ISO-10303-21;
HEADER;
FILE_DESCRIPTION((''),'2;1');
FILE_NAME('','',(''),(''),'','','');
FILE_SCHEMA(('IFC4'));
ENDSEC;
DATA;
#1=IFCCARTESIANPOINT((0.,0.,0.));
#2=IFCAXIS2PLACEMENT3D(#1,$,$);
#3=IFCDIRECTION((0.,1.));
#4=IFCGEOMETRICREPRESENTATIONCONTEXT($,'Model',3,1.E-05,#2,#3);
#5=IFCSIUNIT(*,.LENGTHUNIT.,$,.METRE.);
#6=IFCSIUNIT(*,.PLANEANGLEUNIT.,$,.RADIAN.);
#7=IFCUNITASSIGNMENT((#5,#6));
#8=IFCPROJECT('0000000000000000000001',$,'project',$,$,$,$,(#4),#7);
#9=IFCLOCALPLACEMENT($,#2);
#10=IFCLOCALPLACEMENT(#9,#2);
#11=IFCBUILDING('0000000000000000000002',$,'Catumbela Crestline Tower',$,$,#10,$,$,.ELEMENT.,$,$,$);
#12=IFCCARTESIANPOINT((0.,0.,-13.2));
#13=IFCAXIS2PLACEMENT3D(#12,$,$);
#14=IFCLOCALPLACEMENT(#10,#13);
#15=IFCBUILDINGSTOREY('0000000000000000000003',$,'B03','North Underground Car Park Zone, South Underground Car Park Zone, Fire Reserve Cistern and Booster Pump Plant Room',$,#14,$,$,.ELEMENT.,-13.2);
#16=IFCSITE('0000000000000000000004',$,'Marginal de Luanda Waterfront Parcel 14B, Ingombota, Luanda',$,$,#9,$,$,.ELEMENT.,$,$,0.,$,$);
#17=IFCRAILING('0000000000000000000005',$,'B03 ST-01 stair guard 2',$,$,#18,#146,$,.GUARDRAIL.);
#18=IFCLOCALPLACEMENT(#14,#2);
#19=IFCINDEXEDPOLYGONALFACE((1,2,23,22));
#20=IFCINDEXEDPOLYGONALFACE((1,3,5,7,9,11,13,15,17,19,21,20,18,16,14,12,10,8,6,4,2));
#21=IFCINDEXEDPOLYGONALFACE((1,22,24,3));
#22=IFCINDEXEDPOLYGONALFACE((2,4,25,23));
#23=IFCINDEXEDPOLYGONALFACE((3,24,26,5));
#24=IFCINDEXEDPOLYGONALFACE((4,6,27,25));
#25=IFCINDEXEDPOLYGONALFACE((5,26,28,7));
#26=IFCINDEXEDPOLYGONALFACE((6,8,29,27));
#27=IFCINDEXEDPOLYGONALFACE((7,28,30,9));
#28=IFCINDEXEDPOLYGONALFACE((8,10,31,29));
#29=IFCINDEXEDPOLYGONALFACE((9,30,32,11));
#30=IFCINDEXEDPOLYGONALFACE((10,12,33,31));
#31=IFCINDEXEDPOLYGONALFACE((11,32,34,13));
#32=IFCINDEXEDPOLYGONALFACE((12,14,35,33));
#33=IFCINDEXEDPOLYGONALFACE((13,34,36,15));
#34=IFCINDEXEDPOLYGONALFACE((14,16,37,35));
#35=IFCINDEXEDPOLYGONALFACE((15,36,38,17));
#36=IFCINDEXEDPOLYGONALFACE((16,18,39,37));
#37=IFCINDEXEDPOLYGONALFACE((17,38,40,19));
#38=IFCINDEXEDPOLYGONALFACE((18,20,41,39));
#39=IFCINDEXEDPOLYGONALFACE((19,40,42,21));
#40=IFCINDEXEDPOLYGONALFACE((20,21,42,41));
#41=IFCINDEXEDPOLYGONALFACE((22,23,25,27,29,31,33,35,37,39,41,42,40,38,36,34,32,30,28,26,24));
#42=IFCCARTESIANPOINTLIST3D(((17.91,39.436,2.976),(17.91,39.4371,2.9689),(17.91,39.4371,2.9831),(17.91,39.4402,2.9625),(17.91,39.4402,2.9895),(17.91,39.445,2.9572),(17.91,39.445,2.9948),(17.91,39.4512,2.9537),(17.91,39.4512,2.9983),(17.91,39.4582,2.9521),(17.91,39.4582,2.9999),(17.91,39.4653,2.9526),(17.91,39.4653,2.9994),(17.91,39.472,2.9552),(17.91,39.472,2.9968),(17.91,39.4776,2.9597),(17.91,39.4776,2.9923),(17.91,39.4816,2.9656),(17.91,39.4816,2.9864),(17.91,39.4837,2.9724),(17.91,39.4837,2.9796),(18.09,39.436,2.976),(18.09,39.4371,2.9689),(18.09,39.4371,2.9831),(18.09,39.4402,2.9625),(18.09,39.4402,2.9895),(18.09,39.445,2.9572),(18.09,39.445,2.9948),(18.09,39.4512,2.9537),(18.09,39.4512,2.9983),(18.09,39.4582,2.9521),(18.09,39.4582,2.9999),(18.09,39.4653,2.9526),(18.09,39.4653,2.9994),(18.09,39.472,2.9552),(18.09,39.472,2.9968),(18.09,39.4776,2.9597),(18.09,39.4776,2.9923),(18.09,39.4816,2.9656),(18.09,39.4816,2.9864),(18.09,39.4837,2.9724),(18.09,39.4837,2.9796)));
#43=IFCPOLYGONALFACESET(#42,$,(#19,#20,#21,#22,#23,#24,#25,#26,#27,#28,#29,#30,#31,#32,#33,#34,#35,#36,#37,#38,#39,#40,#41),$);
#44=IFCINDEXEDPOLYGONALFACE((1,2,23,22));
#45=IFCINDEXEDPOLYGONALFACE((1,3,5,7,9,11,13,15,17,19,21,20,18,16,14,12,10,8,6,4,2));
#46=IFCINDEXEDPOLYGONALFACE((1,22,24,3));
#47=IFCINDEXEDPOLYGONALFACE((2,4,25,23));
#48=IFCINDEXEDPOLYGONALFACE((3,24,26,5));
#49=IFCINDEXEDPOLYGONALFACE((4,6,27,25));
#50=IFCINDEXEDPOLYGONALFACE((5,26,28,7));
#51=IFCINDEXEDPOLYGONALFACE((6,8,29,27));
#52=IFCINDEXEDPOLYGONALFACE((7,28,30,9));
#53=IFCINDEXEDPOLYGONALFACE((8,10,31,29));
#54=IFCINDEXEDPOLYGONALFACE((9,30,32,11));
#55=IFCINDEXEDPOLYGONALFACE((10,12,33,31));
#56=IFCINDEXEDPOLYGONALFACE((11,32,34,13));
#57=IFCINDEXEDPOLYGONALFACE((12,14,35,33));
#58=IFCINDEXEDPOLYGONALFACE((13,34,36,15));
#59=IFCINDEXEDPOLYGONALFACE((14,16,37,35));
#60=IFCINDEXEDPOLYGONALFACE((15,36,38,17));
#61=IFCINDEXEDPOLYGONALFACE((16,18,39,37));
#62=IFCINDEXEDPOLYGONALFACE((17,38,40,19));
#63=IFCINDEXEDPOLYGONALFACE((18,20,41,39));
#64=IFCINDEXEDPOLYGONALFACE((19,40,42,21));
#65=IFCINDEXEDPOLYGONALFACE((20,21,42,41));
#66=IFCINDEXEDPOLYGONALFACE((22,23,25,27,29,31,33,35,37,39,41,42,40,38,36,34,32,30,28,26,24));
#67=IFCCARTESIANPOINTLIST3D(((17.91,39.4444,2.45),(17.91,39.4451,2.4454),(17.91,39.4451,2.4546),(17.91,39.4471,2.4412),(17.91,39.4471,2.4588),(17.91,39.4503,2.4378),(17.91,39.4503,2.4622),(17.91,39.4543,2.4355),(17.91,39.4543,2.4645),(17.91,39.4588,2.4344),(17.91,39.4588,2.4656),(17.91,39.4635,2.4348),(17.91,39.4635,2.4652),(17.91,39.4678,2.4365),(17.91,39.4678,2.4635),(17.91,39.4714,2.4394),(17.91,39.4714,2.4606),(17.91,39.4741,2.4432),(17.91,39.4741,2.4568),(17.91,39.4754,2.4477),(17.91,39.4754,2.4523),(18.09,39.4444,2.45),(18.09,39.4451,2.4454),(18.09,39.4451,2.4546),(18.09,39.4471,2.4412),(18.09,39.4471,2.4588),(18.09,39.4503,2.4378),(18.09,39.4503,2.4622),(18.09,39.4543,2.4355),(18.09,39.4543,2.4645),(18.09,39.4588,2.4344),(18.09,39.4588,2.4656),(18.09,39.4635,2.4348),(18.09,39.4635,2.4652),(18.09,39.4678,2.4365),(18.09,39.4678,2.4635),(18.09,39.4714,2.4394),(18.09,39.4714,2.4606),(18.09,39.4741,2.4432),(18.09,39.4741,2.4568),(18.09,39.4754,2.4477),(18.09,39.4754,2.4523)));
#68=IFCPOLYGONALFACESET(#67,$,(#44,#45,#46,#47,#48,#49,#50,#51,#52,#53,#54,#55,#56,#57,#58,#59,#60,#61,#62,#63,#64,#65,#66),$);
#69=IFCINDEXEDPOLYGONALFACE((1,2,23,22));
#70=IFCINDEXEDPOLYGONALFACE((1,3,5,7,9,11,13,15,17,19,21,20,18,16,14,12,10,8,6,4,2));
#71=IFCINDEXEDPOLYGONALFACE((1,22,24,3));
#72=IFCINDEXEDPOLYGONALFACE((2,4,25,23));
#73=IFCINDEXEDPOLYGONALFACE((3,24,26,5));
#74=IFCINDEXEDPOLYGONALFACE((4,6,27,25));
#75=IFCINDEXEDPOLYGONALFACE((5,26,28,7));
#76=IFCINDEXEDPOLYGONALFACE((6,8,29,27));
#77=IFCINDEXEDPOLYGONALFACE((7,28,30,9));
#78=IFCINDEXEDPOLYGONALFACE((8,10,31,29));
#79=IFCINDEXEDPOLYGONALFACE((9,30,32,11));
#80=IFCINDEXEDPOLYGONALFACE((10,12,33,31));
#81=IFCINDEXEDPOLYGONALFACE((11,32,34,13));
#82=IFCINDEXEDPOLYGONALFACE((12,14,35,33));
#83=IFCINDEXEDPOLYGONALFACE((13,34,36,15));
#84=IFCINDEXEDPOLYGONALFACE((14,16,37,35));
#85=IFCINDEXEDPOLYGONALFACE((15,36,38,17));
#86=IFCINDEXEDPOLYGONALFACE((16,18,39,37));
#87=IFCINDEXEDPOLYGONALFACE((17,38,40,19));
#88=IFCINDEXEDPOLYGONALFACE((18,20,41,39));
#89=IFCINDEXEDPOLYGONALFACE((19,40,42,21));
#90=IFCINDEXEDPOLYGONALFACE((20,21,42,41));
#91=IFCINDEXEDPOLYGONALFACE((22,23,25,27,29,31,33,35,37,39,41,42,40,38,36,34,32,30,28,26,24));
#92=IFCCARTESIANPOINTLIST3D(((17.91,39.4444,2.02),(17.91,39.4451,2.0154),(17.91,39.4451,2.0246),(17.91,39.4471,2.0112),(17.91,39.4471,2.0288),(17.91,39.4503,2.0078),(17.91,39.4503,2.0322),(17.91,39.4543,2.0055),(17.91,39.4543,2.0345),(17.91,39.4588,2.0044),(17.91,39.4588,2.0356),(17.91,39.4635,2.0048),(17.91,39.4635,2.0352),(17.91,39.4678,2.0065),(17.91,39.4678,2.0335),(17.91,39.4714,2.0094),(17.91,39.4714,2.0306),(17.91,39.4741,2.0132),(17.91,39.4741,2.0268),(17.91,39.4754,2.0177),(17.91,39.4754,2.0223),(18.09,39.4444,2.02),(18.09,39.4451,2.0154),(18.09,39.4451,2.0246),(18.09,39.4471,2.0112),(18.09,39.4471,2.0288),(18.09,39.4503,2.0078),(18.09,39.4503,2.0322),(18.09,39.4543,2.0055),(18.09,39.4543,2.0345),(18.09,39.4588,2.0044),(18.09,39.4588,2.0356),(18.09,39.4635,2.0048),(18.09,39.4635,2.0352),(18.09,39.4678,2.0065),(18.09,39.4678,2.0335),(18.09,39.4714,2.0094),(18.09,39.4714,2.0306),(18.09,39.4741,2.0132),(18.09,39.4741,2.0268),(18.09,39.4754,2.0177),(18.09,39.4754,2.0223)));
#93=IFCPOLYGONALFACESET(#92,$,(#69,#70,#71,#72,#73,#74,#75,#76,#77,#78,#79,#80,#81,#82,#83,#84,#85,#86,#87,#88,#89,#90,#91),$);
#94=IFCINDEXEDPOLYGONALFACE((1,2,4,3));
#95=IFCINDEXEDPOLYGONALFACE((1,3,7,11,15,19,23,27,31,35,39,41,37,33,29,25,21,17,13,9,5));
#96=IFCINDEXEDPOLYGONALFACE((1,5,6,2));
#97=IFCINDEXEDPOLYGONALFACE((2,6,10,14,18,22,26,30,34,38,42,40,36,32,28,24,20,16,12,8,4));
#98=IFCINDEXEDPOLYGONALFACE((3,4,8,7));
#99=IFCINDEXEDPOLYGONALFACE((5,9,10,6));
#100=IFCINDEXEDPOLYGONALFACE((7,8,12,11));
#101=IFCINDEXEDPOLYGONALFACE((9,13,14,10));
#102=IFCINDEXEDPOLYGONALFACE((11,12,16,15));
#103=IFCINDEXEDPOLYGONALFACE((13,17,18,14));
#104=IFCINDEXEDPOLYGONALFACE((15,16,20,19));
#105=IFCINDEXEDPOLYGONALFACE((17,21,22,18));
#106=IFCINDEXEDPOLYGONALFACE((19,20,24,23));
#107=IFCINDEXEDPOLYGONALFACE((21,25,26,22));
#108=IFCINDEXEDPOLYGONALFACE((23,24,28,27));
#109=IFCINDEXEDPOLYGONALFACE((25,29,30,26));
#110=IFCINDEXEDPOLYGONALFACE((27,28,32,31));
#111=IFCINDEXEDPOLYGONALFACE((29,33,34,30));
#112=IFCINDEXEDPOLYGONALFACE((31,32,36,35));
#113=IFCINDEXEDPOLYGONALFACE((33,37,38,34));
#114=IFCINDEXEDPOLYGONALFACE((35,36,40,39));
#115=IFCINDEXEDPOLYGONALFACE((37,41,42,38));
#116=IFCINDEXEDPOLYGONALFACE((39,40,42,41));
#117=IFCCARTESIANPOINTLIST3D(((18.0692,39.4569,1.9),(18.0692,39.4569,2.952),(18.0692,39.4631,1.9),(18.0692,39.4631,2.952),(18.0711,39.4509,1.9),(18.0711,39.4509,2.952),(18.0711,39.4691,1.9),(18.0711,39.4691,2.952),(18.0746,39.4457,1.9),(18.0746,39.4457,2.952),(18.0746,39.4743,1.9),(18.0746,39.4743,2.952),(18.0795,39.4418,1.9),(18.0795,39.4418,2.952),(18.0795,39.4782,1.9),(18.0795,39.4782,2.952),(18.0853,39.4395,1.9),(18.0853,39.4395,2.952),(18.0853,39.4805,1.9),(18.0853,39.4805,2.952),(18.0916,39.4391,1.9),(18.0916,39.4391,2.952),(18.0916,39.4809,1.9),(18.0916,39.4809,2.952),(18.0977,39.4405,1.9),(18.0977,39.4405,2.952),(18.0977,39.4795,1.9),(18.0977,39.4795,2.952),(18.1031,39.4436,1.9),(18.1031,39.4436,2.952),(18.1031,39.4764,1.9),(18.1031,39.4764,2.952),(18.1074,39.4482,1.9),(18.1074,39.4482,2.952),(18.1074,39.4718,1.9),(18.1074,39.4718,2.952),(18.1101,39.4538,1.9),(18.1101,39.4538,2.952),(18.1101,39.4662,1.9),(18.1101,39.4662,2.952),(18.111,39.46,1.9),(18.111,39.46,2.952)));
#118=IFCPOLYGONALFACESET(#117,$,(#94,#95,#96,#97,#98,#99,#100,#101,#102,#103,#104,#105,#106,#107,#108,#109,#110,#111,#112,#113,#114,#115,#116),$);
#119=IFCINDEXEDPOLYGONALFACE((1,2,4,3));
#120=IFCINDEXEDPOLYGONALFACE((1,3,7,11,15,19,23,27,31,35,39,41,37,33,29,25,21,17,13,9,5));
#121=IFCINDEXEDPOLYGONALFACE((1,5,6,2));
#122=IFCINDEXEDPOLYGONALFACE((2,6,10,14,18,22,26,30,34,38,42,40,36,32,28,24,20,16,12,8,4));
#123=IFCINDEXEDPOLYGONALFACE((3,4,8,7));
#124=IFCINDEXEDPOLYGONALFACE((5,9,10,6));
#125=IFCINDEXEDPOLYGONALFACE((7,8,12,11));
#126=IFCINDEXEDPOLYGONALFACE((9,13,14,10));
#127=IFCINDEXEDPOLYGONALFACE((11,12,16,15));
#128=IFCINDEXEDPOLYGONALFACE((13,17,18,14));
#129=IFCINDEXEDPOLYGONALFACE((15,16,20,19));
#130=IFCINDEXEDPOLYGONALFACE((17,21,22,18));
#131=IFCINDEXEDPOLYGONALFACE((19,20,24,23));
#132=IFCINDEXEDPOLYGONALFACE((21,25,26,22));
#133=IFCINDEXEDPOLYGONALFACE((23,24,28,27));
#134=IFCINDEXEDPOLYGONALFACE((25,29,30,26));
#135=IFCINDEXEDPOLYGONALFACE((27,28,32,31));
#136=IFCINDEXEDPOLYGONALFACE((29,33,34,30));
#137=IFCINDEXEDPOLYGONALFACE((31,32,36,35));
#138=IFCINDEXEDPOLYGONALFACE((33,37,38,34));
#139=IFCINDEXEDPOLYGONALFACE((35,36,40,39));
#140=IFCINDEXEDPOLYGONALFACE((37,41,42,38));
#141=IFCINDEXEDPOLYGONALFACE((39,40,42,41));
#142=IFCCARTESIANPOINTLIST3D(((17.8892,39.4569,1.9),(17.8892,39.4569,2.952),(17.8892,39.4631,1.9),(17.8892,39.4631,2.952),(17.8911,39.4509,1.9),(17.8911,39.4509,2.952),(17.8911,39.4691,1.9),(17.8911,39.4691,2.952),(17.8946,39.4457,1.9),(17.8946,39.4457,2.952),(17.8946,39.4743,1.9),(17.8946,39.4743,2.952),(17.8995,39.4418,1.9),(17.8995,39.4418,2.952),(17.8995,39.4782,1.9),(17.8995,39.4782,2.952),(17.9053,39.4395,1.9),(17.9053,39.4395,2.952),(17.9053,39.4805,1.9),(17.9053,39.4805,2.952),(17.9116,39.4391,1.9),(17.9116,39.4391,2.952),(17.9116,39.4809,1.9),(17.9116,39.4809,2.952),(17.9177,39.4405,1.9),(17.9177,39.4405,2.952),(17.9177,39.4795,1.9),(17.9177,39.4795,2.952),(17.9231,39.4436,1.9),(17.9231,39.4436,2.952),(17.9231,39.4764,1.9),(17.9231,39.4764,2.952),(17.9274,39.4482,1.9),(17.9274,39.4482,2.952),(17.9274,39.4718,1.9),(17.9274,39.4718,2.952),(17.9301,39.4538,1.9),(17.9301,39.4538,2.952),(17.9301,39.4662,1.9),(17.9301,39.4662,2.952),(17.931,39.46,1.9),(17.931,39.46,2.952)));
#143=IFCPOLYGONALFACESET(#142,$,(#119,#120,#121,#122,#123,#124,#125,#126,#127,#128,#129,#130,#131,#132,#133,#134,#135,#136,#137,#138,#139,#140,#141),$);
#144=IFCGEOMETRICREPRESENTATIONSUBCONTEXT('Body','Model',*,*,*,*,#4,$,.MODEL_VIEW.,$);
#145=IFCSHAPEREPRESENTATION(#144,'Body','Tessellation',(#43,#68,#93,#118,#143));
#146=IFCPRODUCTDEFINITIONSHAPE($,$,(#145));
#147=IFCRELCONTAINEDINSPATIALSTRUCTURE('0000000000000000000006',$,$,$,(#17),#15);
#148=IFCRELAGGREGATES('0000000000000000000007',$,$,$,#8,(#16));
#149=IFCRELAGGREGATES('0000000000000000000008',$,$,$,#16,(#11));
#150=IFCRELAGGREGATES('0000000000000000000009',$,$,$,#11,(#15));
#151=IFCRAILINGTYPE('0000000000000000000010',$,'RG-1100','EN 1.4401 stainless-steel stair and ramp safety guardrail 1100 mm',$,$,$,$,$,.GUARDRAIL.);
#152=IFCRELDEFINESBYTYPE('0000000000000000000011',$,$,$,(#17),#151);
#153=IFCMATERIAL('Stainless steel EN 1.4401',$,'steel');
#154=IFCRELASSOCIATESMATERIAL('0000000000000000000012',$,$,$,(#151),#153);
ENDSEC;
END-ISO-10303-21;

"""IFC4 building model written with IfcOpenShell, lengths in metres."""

from ifc_helpers import new_model, si_unit, direction, frame, origin, origin_2d, place, context, subcontext, project, spatial, circle, extrude, material, type_object, element, save


model = new_model("IFC4")

# Units and contexts
model_context = context("Model", 3, precision=1e-05, world=origin(), true_north=direction((0.0, 1.0)))
body_context = subcontext(model_context, "Body", "Model", "MODEL_VIEW")
ifc_project = project(units=[si_unit("LENGTHUNIT", "METRE"), si_unit("PLANEANGLEUNIT", "RADIAN")], contexts=[model_context])

# Site, building, storey
site_placement = place(None, origin())
site = spatial("IfcSite", under=ifc_project, at=site_placement, Name="Marginal de Luanda Waterfront Parcel 14B, Ingombota, Luanda", CompositionType="ELEMENT", RefElevation=0.0)
building_placement = place(site_placement, origin())
building = spatial("IfcBuilding", under=site, at=building_placement, Name="Catumbela Crestline Tower", CompositionType="ELEMENT")
storey_placement = place(building_placement, frame((0.0, 0.0, -13.2)))
storey = spatial("IfcBuildingStorey", under=building, at=storey_placement, Name="B03", Description="North Underground Car Park Zone, South Underground Car Park Zone, Fire Reserve Cistern and Booster Pump Plant Room", CompositionType="ELEMENT", Elevation=-13.2)

# Shared definitions
ifc_material_1 = material(Name="Stainless steel EN 1.4401", Category="steel")

# Railing
railing_type_1 = type_object("IfcRailingType", Name="RG-1100", Description="EN 1.4401 stainless-steel stair and ramp safety guardrail 1100 mm", PredefinedType="GUARDRAIL", material=ifc_material_1)
railing_1_placement = place(storey_placement, frame((18.09, 39.46, 1.9)))
element("IfcRailing", 1, at=railing_1_placement, inside=storey, type_object=railing_type_1, Name="B03 ST-01 stair guard 2", PredefinedType="GUARDRAIL", context=body_context, shape_type="SweptSolid", body=[
    extrude(circle(Radius=0.024, at=origin_2d()), frame((0.0, 0.0, 1.076), z_axis=(-1.0, 0.0, 0.0), x_axis=(0.0, -1.0, 0.0)), (0.0, 0.0, 1.0), 0.18),
    extrude(circle(Radius=0.0156, at=origin_2d()), frame((0.0, 0.0, 0.55), z_axis=(-1.0, 0.0, 0.0), x_axis=(0.0, -1.0, 0.0)), (0.0, 0.0, 1.0), 0.18),
    extrude(circle(Radius=0.0156, at=origin_2d()), frame((0.0, 0.0, 0.12), z_axis=(-1.0, 0.0, 0.0), x_axis=(0.0, -1.0, 0.0)), (0.0, 0.0, 1.0), 0.18),
    extrude(circle(Radius=0.021, at=origin_2d()), origin(), (0.0, 0.0, 1.0), 1.052),
    extrude(circle(Radius=0.021, at=origin_2d()), frame((-0.18, 0.0, 0.0)), (0.0, 0.0, 1.0), 1.052),
])

save(model, "model.ifc")
